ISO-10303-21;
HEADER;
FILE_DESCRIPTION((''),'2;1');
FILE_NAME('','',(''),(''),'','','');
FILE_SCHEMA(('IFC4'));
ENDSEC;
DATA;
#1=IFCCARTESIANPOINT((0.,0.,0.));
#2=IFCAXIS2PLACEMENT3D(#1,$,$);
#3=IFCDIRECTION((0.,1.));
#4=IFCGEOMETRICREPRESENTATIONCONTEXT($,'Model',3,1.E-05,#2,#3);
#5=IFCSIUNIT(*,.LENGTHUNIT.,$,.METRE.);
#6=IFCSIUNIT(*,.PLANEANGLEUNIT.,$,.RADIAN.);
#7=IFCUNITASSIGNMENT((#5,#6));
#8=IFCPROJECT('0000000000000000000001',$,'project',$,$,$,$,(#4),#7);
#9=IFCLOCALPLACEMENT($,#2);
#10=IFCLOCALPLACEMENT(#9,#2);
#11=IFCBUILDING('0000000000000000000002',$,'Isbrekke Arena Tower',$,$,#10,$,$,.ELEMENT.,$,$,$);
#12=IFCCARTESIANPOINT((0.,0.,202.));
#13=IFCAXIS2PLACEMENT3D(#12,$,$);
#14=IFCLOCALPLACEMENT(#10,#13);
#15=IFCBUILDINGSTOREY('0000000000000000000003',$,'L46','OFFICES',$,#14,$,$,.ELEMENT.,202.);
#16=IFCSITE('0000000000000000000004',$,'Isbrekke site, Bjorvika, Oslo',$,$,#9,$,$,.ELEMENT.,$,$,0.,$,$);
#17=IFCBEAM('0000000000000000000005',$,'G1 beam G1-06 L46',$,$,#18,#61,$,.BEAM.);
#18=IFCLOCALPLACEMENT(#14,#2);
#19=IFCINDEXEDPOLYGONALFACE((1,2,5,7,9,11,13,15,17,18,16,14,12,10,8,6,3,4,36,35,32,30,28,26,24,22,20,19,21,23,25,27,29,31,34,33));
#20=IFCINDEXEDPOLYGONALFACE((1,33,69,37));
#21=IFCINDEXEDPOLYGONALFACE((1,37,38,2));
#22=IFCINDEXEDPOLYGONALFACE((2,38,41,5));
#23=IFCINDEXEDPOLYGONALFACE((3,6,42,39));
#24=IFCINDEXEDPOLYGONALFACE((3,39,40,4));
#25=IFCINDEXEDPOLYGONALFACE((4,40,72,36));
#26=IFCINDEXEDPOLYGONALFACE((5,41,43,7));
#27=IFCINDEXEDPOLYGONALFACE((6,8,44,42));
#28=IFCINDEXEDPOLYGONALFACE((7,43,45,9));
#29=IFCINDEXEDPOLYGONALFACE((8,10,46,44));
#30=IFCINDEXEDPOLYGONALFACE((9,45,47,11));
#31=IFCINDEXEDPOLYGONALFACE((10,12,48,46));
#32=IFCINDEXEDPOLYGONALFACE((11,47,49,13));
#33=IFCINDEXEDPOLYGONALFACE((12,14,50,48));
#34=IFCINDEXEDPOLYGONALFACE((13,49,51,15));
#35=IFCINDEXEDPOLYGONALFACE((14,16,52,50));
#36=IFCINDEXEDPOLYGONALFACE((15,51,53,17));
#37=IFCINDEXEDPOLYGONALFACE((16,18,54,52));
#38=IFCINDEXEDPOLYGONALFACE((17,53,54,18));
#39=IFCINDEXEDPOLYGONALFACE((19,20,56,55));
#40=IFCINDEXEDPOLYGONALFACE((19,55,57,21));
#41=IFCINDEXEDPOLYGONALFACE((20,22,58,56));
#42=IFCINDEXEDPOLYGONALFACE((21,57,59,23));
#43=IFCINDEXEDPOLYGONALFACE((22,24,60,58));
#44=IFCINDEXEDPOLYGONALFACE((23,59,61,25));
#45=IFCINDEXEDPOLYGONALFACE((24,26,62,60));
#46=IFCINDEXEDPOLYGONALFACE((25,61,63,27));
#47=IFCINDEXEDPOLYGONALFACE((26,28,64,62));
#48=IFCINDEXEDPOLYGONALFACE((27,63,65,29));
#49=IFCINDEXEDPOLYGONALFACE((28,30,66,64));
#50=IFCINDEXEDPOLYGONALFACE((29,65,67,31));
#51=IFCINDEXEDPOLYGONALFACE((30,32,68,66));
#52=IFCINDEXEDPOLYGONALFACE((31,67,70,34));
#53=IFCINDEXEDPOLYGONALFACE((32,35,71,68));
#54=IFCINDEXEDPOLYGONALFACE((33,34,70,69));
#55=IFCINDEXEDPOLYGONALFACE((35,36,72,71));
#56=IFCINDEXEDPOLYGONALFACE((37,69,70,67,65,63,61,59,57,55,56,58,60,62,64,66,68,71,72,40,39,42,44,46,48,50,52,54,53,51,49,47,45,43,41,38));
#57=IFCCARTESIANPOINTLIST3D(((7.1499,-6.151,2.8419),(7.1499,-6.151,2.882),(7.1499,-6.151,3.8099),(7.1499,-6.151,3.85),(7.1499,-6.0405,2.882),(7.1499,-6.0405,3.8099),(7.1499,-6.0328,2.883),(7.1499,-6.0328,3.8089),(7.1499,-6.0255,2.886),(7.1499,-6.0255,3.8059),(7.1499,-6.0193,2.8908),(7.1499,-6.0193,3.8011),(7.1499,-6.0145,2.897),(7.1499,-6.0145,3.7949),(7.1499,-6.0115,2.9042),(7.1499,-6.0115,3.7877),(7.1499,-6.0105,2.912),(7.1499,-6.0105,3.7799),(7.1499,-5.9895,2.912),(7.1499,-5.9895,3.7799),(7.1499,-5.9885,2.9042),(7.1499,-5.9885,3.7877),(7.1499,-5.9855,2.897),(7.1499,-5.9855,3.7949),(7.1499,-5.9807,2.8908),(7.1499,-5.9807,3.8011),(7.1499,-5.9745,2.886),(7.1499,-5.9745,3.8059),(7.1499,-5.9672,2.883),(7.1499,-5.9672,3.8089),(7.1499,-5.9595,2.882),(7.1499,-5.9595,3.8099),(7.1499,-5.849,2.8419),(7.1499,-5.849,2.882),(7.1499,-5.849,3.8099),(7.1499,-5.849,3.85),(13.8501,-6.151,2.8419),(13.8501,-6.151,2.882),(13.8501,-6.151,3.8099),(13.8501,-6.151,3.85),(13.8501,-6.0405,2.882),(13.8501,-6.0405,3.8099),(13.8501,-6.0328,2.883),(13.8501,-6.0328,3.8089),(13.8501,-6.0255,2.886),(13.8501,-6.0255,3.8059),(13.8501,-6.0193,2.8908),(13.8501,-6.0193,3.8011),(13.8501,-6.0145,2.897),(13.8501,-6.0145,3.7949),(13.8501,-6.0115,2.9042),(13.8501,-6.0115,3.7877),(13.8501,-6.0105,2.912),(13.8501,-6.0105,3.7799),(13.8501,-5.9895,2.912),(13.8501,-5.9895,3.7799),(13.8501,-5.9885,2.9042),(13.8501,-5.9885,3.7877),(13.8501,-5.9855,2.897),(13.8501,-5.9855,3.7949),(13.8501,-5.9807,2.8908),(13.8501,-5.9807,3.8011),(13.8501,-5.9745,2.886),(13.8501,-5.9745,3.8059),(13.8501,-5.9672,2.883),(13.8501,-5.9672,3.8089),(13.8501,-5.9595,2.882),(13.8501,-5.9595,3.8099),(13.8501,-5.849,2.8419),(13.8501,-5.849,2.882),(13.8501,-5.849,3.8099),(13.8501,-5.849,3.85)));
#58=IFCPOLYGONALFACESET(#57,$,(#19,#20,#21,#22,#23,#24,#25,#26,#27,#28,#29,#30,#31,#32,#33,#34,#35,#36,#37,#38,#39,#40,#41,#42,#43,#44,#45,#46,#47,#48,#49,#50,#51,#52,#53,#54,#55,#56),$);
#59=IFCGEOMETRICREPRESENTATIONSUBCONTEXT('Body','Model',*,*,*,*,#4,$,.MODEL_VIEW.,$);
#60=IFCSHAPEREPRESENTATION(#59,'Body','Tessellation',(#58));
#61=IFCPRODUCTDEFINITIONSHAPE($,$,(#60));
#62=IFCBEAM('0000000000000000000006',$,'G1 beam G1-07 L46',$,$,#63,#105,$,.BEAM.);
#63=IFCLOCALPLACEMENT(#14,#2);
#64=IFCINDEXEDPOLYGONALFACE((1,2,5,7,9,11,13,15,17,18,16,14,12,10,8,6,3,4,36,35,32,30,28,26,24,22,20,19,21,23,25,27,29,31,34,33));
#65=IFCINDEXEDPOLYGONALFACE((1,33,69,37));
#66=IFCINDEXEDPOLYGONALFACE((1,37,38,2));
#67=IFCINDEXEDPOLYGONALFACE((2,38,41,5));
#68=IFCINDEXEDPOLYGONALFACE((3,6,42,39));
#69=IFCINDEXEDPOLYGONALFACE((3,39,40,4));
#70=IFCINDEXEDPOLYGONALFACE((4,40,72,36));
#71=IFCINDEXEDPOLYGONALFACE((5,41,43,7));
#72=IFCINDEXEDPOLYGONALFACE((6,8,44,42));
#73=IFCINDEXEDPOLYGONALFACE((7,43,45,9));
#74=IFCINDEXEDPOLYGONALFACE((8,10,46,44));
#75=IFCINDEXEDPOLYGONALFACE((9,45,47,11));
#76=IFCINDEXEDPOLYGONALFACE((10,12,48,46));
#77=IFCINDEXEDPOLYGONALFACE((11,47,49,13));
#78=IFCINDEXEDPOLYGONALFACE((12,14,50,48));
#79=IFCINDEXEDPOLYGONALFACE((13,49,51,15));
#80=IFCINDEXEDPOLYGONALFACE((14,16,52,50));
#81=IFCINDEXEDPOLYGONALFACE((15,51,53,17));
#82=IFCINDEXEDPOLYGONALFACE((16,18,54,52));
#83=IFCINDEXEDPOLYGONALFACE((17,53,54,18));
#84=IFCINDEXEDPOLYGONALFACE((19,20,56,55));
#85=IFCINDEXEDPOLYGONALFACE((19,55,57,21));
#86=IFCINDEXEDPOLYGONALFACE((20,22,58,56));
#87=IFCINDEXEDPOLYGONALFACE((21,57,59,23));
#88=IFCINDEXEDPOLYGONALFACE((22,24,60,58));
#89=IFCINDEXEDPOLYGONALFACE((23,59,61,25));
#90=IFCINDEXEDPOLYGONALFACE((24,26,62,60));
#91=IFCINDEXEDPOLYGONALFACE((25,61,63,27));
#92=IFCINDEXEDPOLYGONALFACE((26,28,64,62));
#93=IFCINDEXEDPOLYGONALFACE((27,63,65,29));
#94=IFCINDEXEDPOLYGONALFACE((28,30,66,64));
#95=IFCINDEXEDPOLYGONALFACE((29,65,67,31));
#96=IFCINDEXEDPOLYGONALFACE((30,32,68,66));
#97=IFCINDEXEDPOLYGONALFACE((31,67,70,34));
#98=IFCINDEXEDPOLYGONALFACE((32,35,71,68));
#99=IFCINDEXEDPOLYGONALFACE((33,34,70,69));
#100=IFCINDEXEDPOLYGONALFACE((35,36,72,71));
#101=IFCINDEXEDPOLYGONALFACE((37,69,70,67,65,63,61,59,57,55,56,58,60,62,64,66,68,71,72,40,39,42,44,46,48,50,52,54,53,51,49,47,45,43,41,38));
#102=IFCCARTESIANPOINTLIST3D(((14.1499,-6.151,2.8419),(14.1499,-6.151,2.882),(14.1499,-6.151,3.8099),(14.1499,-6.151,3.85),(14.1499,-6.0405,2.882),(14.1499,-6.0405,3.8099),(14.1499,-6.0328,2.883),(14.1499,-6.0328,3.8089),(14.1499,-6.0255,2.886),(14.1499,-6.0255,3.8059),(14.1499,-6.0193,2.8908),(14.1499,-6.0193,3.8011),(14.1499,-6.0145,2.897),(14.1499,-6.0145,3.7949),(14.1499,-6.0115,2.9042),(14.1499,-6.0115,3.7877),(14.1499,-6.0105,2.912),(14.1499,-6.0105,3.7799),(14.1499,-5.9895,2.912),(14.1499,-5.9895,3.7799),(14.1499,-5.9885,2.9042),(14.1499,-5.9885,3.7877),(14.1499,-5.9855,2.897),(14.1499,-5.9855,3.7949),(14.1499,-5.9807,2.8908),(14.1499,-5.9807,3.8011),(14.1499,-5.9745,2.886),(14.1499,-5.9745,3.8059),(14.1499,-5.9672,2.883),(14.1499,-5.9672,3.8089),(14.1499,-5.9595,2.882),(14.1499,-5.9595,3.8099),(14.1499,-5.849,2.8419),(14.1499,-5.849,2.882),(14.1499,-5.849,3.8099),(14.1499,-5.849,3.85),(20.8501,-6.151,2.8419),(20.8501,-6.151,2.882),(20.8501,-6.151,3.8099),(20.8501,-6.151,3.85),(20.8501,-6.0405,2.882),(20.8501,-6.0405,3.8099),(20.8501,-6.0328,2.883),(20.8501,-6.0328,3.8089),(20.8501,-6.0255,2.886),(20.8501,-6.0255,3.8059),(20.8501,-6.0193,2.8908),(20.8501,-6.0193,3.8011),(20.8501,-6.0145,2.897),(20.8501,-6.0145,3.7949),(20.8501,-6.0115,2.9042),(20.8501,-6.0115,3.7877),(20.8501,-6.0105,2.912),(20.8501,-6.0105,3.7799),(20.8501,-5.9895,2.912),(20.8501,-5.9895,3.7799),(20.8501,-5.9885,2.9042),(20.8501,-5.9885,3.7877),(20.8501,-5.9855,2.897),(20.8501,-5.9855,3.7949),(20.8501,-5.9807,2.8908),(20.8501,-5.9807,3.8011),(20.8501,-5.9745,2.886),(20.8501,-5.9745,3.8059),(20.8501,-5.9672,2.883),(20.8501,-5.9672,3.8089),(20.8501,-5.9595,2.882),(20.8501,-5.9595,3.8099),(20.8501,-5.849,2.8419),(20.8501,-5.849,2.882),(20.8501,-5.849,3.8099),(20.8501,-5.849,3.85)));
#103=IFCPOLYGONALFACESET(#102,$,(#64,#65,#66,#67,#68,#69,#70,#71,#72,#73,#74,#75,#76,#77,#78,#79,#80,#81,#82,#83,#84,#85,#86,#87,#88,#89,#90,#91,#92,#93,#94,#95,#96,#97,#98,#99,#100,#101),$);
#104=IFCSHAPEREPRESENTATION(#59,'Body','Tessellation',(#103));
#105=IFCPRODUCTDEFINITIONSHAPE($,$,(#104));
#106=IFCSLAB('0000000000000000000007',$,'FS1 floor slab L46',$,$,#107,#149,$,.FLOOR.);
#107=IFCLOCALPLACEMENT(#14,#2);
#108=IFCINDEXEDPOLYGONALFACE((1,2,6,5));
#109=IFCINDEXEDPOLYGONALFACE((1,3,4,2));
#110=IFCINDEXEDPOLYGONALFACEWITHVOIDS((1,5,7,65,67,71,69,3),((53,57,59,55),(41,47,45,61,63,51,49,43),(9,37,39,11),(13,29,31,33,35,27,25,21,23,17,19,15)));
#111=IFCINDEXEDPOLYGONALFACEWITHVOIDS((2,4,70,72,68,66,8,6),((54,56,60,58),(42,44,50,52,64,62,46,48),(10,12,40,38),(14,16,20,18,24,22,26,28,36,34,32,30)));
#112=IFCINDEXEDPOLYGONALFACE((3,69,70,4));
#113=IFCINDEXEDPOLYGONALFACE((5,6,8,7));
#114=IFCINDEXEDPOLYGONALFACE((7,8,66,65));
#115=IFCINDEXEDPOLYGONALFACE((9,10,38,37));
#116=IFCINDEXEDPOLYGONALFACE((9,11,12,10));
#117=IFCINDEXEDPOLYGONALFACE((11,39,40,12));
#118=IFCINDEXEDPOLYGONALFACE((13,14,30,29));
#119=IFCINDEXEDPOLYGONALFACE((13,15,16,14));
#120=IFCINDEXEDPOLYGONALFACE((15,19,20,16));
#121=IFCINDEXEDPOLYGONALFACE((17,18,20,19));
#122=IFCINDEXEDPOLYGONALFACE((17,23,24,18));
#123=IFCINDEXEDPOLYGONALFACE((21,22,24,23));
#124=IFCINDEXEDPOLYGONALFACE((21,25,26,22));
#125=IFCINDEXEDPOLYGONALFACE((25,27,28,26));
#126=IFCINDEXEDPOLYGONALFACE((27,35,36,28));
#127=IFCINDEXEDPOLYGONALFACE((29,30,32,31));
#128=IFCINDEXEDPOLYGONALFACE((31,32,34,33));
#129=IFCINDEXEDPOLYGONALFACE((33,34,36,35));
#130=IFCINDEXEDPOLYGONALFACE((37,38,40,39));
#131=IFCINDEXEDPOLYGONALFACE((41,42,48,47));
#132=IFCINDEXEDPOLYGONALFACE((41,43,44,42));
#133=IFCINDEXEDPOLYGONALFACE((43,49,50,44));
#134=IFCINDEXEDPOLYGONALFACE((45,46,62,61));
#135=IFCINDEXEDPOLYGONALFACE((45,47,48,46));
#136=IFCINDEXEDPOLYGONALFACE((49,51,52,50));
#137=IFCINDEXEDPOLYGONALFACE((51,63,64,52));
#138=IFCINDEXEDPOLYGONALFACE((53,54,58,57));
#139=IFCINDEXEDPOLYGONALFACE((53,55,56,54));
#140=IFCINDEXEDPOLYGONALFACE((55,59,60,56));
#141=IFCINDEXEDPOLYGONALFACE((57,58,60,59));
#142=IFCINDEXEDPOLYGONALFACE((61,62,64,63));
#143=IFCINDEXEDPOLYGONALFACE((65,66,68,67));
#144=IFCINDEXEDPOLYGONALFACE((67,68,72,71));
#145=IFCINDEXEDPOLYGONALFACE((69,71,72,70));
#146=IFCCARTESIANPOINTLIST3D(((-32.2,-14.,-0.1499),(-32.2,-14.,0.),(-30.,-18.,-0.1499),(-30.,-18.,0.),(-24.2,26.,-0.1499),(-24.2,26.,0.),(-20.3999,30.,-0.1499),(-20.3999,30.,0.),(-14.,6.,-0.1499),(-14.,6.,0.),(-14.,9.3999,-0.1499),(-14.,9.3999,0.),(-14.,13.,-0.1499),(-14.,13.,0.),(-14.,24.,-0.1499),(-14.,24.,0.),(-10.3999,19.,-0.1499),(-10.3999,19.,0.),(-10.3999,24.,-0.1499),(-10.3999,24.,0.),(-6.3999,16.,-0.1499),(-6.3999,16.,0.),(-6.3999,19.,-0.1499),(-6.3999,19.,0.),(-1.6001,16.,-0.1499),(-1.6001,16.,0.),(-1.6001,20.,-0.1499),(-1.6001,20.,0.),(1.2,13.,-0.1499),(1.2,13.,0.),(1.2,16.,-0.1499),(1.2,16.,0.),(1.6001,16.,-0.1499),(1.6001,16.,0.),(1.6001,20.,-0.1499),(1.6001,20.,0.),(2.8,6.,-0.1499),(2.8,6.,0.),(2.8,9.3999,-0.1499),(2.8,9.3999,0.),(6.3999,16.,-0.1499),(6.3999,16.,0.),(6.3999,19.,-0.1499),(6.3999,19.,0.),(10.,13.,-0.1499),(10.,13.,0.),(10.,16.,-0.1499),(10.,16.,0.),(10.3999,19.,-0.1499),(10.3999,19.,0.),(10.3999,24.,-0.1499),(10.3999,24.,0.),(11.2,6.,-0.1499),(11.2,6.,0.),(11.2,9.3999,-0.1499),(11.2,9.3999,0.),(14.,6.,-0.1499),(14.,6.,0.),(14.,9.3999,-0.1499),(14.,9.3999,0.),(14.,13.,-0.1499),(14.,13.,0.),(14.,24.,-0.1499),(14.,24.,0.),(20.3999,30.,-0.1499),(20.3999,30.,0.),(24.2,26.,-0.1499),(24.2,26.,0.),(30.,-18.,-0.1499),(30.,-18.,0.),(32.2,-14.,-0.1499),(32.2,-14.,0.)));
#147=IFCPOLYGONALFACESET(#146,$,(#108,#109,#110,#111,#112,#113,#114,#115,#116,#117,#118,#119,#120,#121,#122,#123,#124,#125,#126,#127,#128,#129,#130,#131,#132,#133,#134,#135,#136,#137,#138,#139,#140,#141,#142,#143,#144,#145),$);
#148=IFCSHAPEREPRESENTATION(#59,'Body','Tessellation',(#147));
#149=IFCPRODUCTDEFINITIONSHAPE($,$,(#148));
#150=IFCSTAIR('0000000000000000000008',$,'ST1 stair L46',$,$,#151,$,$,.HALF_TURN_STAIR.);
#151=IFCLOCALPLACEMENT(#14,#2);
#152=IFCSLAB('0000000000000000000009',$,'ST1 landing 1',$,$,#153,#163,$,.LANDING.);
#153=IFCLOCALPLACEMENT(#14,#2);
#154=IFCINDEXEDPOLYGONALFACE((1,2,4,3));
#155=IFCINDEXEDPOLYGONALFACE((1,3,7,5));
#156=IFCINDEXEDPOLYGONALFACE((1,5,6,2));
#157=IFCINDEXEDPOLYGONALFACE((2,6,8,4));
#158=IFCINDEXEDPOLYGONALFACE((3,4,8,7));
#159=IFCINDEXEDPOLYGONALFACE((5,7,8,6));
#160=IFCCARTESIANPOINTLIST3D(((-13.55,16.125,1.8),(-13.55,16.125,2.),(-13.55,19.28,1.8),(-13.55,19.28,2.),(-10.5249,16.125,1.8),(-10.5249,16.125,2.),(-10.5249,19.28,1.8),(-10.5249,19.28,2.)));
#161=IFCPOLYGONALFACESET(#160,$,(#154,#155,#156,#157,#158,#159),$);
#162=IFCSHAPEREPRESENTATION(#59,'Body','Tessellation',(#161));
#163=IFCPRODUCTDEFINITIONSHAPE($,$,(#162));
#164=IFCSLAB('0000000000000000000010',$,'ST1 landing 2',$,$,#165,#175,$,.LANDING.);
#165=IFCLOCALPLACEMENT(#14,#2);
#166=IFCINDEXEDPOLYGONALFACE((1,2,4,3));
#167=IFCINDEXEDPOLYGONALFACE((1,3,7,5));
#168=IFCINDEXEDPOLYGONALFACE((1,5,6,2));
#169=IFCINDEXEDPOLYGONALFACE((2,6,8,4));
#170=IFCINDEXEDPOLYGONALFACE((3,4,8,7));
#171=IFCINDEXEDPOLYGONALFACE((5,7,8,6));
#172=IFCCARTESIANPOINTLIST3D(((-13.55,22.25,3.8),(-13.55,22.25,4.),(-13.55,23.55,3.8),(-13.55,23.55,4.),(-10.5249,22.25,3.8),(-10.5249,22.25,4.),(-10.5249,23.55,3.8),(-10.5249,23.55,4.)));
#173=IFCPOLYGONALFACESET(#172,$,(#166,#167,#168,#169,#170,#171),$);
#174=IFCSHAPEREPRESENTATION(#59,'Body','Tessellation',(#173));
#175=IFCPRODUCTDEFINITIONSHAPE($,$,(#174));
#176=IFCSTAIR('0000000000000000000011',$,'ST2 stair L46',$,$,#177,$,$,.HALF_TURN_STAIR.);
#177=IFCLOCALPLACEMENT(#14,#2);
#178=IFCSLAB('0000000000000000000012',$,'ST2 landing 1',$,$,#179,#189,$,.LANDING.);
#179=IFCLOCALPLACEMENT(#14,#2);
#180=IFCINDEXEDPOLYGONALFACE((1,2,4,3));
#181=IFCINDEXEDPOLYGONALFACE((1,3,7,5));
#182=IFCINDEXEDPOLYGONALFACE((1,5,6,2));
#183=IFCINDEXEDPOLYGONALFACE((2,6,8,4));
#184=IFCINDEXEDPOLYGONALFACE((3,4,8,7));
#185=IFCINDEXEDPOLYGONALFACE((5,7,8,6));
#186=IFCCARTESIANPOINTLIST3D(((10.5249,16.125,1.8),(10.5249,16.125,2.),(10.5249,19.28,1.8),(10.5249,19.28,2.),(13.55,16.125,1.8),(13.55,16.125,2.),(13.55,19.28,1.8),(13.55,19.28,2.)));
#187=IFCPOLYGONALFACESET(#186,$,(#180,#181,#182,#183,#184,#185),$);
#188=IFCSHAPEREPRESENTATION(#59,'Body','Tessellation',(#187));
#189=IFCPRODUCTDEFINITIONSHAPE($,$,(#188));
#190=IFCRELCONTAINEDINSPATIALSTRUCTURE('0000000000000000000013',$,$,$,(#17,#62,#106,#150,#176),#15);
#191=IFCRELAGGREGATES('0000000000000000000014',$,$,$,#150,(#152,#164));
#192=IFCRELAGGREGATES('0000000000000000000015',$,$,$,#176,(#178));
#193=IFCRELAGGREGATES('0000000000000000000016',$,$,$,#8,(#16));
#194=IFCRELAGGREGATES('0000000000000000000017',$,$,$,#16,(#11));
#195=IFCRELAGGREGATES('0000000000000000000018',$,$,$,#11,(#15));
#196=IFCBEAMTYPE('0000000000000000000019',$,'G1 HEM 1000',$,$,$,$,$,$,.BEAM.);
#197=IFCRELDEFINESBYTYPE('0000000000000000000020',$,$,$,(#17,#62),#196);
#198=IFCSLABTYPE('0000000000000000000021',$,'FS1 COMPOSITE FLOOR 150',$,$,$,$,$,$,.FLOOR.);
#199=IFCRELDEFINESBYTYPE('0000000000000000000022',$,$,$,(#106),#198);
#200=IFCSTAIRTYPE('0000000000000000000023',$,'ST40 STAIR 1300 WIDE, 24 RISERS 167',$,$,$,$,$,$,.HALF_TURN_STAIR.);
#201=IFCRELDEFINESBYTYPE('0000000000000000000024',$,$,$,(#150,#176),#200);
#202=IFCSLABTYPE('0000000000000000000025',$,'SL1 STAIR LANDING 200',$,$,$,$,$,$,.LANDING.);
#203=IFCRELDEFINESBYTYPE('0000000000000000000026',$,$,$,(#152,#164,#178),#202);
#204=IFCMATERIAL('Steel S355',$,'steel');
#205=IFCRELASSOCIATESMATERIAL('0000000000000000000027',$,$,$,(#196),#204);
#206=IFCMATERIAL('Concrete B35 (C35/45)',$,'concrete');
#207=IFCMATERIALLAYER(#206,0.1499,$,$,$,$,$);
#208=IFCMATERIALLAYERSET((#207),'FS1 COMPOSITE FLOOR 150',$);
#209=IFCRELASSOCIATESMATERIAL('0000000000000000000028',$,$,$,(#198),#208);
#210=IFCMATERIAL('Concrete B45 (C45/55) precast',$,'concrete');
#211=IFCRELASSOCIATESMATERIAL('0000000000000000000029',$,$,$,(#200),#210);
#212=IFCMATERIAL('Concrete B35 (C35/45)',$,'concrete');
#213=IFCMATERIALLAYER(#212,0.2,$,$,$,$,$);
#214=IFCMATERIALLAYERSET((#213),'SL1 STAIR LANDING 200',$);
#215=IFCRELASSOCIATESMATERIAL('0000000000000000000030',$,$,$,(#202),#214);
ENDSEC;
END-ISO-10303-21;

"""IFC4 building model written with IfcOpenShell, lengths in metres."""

from ifc_helpers import new_model, si_unit, direction, frame, origin, origin_2d, place, context, subcontext, project, spatial, polyline, i_section, outline, extrude, material, layer, layer_set, material_profile, profile_set, type_object, element, aggregate, save


model = new_model("IFC4")

# Units and contexts
model_context = context("Model", 3, precision=1e-05, world=origin(), true_north=direction((0.0, 1.0)))
body_context = subcontext(model_context, "Body", "Model", "MODEL_VIEW")
ifc_project = project(units=[si_unit("LENGTHUNIT", "METRE"), si_unit("PLANEANGLEUNIT", "RADIAN")], contexts=[model_context])

# Site, building, storey
site_placement = place(None, origin())
site = spatial("IfcSite", under=ifc_project, at=site_placement, Name="Isbrekke site, Bjorvika, Oslo", CompositionType="ELEMENT", RefElevation=0.0)
building_placement = place(site_placement, origin())
building = spatial("IfcBuilding", under=site, at=building_placement, Name="Isbrekke Arena Tower", CompositionType="ELEMENT")
storey_placement = place(building_placement, frame((0.0, 0.0, 202.0)))
storey = spatial("IfcBuildingStorey", under=building, at=storey_placement, Name="L46", Description="OFFICES", CompositionType="ELEMENT", Elevation=202.0)

# Beams
ifc_material_1 = material(Name="Steel S355", Category="steel")
ifc_material_profile_1 = material_profile(ifc_material_1, i_section(OverallWidth=0.302, OverallDepth=1.0081, WebThickness=0.021, FlangeThickness=0.04, FilletRadius=0.03, at=origin_2d()), Name="HEM 1000")
ifc_profile_set_1 = profile_set([ifc_material_profile_1], Name="Steel S355")
beam_type_1 = type_object("IfcBeamType", Name="G1 HEM 1000", PredefinedType="BEAM", material=ifc_profile_set_1)
for number, where, z_axis, x_axis, name in (
    (1, (7.1499, -6.0, 3.3459), (1.0, 0.0, 0.0), (0.0, 1.0, 0.0), "G1 beam G1-06 L46"),
    (2, (14.1499, -6.0, 3.3459), (1.0, 0.0, 0.0), (0.0, 1.0, 0.0), "G1 beam G1-07 L46"),
):
    element("IfcBeam", number, at=place(storey_placement, frame(where, z_axis=z_axis, x_axis=x_axis)), inside=storey, type_object=beam_type_1, Name=name, PredefinedType="BEAM", context=body_context, shape_type="SweptSolid", body=[
        extrude(i_section(OverallWidth=0.302, OverallDepth=1.0081, WebThickness=0.021, FlangeThickness=0.04, FilletRadius=0.03, at=origin_2d()), origin(), (0.0, 0.0, 1.0), 6.7002),
    ])

# Slab
ifc_material_2 = material(Name="Concrete B35 (C35/45)", Category="concrete")
ifc_layer_1 = layer(ifc_material_2, 0.1499)
ifc_layer_set_1 = layer_set([ifc_layer_1], Name="FS1 COMPOSITE FLOOR 150")
slab_type_1 = type_object("IfcSlabType", Name="FS1 COMPOSITE FLOOR 150", PredefinedType="FLOOR", material=ifc_layer_set_1)
slab_1_placement = place(storey_placement, frame((0.0, 0.0, -0.1499)))
element("IfcSlab", 3, at=slab_1_placement, inside=storey, type_object=slab_type_1, Name="FS1 floor slab L46", PredefinedType="FLOOR", context=body_context, shape_type="SweptSolid", body=[
    extrude(outline(polyline([(-30.0, -18.0), (30.0, -18.0), (32.2, -14.0), (24.2, 26.0), (20.3999, 30.0), (-20.3999, 30.0), (-24.2, 26.0), (-32.2, -14.0), (-30.0, -18.0)]), holes=[polyline([(2.8, 9.3999), (2.8, 6.0), (-14.0, 6.0), (-14.0, 9.3999), (2.8, 9.3999)]), polyline([(11.2, 6.0), (11.2, 9.3999), (14.0, 9.3999), (14.0, 6.0), (11.2, 6.0)]), polyline([(-14.0, 13.0), (-14.0, 24.0), (-10.3999, 24.0), (-10.3999, 19.0), (-6.3999, 19.0), (-6.3999, 16.0), (-1.6001, 16.0), (-1.6001, 20.0), (1.6001, 20.0), (1.6001, 16.0), (1.2, 16.0), (1.2, 13.0), (-14.0, 13.0)]), polyline([(10.0, 13.0), (10.0, 16.0), (6.3999, 16.0), (6.3999, 19.0), (10.3999, 19.0), (10.3999, 24.0), (14.0, 24.0), (14.0, 13.0), (10.0, 13.0)])]), origin(), (0.0, 0.0, 1.0), 0.1499),
])

# Stairs, slabs
ifc_material_3 = material(Name="Concrete B45 (C45/55) precast", Category="concrete")
stair_type = type_object("IfcStairType", Name="ST40 STAIR 1300 WIDE, 24 RISERS 167", PredefinedType="HALF_TURN_STAIR", material=ifc_material_3)
stair_1_placement = place(storey_placement, origin())
stair_1 = element("IfcStair", 4, at=stair_1_placement, inside=storey, type_object=stair_type, Name="ST1 stair L46", PredefinedType="HALF_TURN_STAIR")
ifc_material_4 = material(Name="Concrete B35 (C35/45)", Category="concrete")
ifc_layer_2 = layer(ifc_material_4, 0.2)
ifc_layer_set_2 = layer_set([ifc_layer_2], Name="SL1 STAIR LANDING 200")
slab_type_2 = type_object("IfcSlabType", Name="SL1 STAIR LANDING 200", PredefinedType="LANDING", material=ifc_layer_set_2)
slab_2_placement = place(storey_placement, frame((0.0, 0.0, 1.8)))
slab_2 = element("IfcSlab", 5, at=slab_2_placement, type_object=slab_type_2, Name="ST1 landing 1", PredefinedType="LANDING", context=body_context, shape_type="SweptSolid", body=[
    extrude(outline(polyline([(-13.55, 16.125), (-10.5249, 16.125), (-10.5249, 19.28), (-13.55, 19.28), (-13.55, 16.125)])), origin(), (0.0, 0.0, 1.0), 0.2),
])
slab_3_placement = place(storey_placement, frame((0.0, 0.0, 3.8)))
slab_3 = element("IfcSlab", 6, at=slab_3_placement, type_object=slab_type_2, Name="ST1 landing 2", PredefinedType="LANDING", context=body_context, shape_type="SweptSolid", body=[
    extrude(outline(polyline([(-13.55, 22.25), (-10.5249, 22.25), (-10.5249, 23.55), (-13.55, 23.55), (-13.55, 22.25)])), origin(), (0.0, 0.0, 1.0), 0.2),
])
aggregate(stair_1, [slab_2, slab_3])
stair_2_placement = place(storey_placement, origin())
stair_2 = element("IfcStair", 7, at=stair_2_placement, inside=storey, type_object=stair_type, Name="ST2 stair L46", PredefinedType="HALF_TURN_STAIR")
slab_4_placement = place(storey_placement, frame((0.0, 0.0, 1.8)))
slab_4 = element("IfcSlab", 8, at=slab_4_placement, type_object=slab_type_2, Name="ST2 landing 1", PredefinedType="LANDING", context=body_context, shape_type="SweptSolid", body=[
    extrude(outline(polyline([(10.5249, 16.125), (13.55, 16.125), (13.55, 19.28), (10.5249, 19.28), (10.5249, 16.125)])), origin(), (0.0, 0.0, 1.0), 0.2),
])
aggregate(stair_2, [slab_4])

save(model, "model.ifc")
